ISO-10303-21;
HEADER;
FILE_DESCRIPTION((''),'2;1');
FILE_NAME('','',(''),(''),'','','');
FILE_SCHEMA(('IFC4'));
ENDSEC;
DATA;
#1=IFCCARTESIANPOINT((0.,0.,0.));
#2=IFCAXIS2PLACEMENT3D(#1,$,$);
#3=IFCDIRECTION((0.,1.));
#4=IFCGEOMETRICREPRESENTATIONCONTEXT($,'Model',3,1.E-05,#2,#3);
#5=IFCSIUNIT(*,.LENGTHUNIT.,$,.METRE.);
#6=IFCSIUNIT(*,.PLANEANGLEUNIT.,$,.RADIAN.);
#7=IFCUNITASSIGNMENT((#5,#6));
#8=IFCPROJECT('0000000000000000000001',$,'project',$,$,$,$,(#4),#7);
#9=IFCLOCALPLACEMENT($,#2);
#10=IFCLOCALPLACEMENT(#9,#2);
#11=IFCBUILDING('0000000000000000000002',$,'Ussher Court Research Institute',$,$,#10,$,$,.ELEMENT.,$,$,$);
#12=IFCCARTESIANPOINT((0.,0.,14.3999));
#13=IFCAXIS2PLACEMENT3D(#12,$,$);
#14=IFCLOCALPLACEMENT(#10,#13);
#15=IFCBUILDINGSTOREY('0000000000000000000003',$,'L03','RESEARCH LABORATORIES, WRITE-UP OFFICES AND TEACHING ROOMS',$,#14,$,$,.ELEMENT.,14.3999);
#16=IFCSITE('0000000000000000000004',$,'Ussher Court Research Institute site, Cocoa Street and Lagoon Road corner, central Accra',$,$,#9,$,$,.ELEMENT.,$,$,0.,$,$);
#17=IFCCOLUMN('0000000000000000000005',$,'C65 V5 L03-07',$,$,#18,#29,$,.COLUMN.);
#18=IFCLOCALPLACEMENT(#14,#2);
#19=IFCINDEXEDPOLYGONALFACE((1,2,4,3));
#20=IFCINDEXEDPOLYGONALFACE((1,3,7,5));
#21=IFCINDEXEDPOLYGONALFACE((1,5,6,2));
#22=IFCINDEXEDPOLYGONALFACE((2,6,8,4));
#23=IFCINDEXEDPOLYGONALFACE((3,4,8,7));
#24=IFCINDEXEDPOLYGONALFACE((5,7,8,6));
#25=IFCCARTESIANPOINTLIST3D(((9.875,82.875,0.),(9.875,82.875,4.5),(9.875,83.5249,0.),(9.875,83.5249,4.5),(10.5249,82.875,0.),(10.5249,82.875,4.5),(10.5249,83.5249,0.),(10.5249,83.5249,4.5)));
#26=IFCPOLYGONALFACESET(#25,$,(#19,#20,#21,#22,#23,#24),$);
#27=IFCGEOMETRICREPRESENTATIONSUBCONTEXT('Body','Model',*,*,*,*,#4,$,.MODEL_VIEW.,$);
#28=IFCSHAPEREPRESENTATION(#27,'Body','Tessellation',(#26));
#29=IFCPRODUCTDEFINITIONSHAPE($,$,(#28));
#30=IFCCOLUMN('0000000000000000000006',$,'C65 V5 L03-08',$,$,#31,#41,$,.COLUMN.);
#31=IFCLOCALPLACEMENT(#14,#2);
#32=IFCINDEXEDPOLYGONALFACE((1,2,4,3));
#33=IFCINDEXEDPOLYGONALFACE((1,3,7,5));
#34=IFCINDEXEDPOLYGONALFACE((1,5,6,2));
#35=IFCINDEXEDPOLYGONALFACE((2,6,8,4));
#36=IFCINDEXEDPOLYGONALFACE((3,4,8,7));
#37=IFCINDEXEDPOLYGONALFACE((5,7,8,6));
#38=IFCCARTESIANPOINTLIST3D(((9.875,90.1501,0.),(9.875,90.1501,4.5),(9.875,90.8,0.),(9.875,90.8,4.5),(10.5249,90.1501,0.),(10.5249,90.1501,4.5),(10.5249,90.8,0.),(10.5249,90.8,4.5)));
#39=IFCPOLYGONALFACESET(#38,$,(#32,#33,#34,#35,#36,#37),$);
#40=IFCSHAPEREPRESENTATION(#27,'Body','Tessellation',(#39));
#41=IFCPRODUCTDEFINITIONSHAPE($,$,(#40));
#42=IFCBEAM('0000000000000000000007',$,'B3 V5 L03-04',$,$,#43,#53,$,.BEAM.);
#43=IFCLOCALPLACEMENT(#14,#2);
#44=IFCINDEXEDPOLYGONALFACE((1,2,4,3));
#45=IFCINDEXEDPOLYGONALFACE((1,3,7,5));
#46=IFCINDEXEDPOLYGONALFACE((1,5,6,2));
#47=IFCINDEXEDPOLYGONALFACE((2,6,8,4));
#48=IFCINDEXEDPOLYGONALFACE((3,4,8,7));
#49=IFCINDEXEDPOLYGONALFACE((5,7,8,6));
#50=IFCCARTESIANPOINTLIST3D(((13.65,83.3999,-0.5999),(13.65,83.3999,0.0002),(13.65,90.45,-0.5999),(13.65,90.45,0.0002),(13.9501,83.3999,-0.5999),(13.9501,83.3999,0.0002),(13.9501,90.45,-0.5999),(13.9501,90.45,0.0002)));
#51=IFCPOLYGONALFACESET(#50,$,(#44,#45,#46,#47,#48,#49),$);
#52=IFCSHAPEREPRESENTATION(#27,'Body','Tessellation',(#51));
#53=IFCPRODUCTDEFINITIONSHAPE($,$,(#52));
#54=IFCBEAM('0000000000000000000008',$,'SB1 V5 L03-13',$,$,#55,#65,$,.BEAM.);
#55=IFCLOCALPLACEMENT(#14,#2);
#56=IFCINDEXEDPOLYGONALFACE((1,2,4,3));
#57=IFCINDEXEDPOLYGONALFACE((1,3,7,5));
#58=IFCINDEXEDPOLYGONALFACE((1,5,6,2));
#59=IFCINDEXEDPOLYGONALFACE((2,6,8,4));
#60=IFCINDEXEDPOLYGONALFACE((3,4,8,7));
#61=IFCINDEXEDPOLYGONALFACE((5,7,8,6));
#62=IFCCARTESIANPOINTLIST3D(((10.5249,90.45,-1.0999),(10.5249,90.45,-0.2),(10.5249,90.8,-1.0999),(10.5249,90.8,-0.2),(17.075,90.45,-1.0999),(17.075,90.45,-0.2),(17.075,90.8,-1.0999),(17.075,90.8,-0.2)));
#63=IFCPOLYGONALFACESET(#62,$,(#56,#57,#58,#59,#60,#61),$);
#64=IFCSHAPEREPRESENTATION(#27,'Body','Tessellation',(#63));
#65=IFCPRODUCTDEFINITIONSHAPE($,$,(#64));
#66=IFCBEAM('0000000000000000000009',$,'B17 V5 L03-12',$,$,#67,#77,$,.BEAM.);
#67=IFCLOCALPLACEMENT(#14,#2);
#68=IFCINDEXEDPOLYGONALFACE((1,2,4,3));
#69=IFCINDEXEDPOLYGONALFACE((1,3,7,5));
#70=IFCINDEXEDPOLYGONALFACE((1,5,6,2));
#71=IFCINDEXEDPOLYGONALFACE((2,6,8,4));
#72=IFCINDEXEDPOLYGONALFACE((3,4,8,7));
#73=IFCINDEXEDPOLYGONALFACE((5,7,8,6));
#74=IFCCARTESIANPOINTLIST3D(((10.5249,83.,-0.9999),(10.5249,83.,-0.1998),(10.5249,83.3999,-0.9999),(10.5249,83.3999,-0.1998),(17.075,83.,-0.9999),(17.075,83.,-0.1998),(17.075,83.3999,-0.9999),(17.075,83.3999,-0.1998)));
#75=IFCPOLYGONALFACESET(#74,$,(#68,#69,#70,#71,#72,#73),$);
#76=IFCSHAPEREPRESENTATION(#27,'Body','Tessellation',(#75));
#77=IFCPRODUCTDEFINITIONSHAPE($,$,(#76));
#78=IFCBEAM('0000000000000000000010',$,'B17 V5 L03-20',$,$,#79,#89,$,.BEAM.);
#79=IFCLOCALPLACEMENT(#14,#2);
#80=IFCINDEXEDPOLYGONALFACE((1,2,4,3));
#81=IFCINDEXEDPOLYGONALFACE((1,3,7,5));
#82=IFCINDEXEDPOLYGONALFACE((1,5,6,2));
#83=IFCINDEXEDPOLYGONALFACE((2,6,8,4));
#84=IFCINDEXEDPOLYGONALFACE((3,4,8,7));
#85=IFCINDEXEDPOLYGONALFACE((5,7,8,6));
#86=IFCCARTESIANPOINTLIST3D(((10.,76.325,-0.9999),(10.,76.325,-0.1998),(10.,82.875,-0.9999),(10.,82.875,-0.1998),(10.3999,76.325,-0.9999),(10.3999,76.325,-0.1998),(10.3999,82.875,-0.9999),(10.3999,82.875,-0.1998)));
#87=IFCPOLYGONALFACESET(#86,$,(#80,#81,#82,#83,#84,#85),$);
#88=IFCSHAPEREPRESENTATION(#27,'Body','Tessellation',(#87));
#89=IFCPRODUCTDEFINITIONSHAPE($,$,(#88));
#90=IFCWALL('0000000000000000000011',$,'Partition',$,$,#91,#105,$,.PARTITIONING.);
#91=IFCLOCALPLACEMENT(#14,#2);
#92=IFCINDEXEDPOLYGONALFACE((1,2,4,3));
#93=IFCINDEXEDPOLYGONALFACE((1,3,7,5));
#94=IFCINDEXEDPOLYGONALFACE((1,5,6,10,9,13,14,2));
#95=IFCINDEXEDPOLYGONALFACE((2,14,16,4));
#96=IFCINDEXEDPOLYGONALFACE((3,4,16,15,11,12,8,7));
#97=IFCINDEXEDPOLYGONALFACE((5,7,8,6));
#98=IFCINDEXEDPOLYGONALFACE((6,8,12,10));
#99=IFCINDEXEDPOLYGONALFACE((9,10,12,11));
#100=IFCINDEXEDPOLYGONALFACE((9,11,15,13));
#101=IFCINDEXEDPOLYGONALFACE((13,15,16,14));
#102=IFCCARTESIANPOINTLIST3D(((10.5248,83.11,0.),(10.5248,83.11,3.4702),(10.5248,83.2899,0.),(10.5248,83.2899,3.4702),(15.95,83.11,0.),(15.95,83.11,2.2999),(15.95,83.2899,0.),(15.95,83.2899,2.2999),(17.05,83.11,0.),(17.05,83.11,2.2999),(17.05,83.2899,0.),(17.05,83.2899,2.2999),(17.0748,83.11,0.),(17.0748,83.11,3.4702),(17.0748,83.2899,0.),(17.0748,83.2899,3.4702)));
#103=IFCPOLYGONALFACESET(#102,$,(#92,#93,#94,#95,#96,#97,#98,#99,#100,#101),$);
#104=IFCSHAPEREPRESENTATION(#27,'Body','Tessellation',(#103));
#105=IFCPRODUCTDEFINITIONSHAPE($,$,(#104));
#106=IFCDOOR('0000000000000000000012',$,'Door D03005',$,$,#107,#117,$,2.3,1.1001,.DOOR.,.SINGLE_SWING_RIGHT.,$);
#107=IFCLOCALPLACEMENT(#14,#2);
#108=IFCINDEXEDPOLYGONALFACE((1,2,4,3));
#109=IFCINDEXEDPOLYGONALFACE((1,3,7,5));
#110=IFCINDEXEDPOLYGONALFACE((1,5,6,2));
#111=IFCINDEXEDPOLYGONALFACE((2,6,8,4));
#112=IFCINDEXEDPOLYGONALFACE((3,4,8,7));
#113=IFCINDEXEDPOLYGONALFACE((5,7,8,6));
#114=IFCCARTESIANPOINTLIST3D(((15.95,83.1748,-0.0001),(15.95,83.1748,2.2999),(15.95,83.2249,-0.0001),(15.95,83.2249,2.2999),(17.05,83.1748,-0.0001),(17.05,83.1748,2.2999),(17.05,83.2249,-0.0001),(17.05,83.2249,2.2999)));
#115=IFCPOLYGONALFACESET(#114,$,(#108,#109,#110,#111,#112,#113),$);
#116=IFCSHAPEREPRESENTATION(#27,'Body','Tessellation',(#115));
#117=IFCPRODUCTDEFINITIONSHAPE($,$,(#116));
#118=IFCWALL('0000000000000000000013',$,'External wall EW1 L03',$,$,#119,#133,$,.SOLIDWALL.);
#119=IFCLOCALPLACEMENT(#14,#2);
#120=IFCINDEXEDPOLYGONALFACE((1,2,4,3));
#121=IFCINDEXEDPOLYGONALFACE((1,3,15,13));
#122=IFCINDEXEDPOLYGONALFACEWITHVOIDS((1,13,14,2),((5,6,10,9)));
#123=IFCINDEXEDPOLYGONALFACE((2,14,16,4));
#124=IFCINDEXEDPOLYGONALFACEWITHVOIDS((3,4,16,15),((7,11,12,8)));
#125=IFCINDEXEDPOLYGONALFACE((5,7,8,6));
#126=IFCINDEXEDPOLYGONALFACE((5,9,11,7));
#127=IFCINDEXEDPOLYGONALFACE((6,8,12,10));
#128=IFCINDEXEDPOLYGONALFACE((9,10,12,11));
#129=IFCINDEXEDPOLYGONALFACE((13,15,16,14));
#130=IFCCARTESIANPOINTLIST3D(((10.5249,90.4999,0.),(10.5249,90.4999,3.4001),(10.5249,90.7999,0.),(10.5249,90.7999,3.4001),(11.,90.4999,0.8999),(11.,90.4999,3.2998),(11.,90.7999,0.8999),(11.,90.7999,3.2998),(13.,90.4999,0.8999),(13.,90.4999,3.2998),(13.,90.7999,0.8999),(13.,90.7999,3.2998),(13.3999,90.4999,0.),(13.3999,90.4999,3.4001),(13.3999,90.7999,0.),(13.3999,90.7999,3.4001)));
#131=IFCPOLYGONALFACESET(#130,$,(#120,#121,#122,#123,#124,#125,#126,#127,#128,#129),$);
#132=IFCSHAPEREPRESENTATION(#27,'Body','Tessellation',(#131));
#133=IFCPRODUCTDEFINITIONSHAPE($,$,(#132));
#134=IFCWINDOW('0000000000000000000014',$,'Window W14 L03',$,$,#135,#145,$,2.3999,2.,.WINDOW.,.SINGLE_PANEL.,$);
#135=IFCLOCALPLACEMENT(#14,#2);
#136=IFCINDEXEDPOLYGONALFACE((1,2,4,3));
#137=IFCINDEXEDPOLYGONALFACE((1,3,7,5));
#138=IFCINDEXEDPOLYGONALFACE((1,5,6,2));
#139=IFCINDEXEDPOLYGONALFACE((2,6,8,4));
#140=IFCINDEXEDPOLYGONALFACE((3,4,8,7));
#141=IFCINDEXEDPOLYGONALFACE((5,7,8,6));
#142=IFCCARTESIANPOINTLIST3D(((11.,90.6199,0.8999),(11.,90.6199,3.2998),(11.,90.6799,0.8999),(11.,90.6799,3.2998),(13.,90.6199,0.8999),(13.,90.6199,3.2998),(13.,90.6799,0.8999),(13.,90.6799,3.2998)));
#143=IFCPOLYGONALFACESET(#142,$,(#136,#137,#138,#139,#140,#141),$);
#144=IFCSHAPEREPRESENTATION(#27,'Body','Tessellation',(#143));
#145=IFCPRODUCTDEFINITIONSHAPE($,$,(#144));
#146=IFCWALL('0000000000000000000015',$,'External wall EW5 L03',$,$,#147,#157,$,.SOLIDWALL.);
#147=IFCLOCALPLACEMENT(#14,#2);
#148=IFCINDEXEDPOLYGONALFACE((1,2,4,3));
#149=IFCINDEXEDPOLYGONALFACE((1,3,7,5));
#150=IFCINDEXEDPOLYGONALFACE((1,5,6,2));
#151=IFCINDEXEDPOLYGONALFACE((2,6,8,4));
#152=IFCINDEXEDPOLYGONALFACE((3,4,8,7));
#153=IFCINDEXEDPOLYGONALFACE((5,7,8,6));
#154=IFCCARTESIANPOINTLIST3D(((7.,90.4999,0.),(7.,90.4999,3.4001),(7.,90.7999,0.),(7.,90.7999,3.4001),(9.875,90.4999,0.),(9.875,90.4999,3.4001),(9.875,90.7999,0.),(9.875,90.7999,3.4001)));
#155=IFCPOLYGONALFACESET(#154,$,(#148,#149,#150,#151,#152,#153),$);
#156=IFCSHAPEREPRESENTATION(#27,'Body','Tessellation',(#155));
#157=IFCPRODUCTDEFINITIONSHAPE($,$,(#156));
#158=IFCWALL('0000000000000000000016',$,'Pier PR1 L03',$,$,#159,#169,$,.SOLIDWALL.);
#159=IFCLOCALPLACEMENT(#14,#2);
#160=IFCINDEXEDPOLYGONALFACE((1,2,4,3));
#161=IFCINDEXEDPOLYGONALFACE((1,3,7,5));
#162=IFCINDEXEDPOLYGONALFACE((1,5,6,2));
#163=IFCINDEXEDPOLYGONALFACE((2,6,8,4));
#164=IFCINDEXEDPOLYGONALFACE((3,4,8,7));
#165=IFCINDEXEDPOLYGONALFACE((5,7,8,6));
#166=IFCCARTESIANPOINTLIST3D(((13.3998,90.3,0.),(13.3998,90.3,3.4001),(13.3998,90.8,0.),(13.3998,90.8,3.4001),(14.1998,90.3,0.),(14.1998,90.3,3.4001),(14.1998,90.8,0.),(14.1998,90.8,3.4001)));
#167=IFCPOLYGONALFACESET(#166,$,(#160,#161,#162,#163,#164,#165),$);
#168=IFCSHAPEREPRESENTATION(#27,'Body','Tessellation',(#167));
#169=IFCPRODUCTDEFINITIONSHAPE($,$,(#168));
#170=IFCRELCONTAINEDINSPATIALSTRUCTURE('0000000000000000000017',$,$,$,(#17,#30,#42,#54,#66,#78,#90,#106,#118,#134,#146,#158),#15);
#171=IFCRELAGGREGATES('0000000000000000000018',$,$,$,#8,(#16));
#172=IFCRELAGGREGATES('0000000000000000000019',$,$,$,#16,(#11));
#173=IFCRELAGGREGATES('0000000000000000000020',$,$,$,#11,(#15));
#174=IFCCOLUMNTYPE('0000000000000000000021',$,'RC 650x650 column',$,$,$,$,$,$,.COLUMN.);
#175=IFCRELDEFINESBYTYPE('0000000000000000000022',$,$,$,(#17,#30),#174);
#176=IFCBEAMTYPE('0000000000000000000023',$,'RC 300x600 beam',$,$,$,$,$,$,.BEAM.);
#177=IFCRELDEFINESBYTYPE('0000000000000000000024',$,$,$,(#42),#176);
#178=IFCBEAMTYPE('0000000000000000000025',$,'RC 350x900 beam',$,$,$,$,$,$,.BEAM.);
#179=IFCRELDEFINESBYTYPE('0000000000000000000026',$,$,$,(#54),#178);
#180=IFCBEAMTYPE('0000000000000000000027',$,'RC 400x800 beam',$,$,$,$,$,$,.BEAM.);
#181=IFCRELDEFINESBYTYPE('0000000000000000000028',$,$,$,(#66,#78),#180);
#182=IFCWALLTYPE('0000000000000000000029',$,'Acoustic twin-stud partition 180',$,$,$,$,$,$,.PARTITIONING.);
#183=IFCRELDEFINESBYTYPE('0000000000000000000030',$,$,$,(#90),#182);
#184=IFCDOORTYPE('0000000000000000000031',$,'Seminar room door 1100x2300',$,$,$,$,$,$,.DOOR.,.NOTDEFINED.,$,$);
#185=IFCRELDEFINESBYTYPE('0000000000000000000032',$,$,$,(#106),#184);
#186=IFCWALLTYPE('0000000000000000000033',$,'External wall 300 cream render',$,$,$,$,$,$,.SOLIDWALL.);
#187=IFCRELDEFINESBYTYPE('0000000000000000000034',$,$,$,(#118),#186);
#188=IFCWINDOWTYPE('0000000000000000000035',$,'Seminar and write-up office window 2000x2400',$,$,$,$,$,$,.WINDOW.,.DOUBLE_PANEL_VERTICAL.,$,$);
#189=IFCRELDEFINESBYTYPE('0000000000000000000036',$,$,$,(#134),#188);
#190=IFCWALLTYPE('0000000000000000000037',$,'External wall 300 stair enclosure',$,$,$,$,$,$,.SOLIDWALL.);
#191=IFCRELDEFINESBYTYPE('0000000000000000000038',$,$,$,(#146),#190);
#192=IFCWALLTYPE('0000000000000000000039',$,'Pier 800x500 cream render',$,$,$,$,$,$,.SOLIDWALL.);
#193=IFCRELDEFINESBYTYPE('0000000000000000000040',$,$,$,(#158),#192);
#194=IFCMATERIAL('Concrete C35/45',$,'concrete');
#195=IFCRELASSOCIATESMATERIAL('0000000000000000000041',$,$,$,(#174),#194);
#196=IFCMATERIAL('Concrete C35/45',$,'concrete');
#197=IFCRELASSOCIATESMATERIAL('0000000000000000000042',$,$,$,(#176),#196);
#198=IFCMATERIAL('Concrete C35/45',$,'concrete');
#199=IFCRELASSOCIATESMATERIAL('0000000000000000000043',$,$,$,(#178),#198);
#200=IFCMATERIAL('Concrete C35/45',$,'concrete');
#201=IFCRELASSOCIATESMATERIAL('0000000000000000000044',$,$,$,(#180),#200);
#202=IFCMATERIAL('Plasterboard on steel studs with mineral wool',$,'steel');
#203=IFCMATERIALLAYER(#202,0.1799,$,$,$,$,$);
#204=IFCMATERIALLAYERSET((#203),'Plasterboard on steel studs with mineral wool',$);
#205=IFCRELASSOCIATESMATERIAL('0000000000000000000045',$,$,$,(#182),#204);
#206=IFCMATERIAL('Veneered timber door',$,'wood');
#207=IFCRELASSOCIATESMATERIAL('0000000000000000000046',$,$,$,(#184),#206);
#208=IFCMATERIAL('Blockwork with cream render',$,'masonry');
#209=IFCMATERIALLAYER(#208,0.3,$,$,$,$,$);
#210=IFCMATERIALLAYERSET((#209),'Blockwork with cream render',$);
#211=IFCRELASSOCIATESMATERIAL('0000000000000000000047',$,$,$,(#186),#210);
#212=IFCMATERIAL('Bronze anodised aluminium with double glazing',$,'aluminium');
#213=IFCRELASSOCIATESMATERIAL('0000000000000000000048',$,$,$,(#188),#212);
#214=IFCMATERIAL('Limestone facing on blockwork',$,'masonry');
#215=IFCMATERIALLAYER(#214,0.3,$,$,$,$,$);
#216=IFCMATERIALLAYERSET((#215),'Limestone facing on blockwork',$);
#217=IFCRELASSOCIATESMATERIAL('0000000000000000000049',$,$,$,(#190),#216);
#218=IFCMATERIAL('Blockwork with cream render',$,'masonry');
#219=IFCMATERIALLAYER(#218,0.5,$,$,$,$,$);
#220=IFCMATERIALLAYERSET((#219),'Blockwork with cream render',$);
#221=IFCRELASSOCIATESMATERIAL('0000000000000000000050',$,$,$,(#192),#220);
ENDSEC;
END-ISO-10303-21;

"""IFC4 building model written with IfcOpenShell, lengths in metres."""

from ifc_helpers import new_model, si_unit, direction, frame, frame_2d, origin, origin_2d, place, context, subcontext, project, spatial, rectangle, extrude, material, layer, layer_set, material_profile, profile_set, type_object, element, fill, save


model = new_model("IFC4")

# Units and contexts
model_context = context("Model", 3, precision=1e-05, world=origin(), true_north=direction((0.0, 1.0)))
body_context = subcontext(model_context, "Body", "Model", "MODEL_VIEW")
ifc_project = project(units=[si_unit("LENGTHUNIT", "METRE"), si_unit("PLANEANGLEUNIT", "RADIAN")], contexts=[model_context])

# Site, building, storey
site_placement = place(None, origin())
site = spatial("IfcSite", under=ifc_project, at=site_placement, Name="Ussher Court Research Institute site, Cocoa Street and Lagoon Road corner, central Accra", CompositionType="ELEMENT", RefElevation=0.0)
building_placement = place(site_placement, origin())
building = spatial("IfcBuilding", under=site, at=building_placement, Name="Ussher Court Research Institute", CompositionType="ELEMENT")
storey_placement = place(building_placement, frame((0.0, 0.0, 14.3999)))
storey = spatial("IfcBuildingStorey", under=building, at=storey_placement, Name="L03", Description="RESEARCH LABORATORIES, WRITE-UP OFFICES AND TEACHING ROOMS", CompositionType="ELEMENT", Elevation=14.3999)

# Columns
ifc_material_1 = material(Name="Concrete C35/45", Category="concrete")
ifc_material_profile_1 = material_profile(ifc_material_1, rectangle(XDim=0.6499, YDim=0.6499, at=origin_2d()), Name="RC 650x650")
ifc_profile_set_1 = profile_set([ifc_material_profile_1], Name="Concrete C35/45")
column_type = type_object("IfcColumnType", Name="RC 650x650 column", PredefinedType="COLUMN", material=ifc_profile_set_1)
for number, where, z_axis, x_axis, name in (
    (1, (10.2, 83.2, 0.0), (0.0, 0.0, 1.0), (1.0, 0.0, 0.0), "C65 V5 L03-07"),
    (2, (10.2, 90.4751, 0.0), (0.0, 0.0, 1.0), (1.0, 0.0, 0.0), "C65 V5 L03-08"),
):
    element("IfcColumn", number, at=place(storey_placement, frame(where, z_axis=z_axis, x_axis=x_axis)), inside=storey, type_object=column_type, Name=name, PredefinedType="COLUMN", context=body_context, shape_type="SweptSolid", body=[
        extrude(rectangle(XDim=0.6499, YDim=0.6499, at=origin_2d()), origin(), (0.0, 0.0, 1.0), 4.5),
    ])

# Beams
ifc_material_2 = material(Name="Concrete C35/45", Category="concrete")
ifc_material_profile_2 = material_profile(ifc_material_2, rectangle(XDim=0.3, YDim=0.6001, at=origin_2d()), Name="RC 300x600")
ifc_profile_set_2 = profile_set([ifc_material_profile_2], Name="Concrete C35/45")
beam_type_1 = type_object("IfcBeamType", Name="RC 300x600 beam", PredefinedType="BEAM", material=ifc_profile_set_2)
beam_1_placement = place(storey_placement, frame((13.8, 83.3999, -0.2998), z_axis=(0.0, 1.0, 0.0), x_axis=(-1.0, 0.0, 0.0)))
element("IfcBeam", 3, at=beam_1_placement, inside=storey, type_object=beam_type_1, Name="B3 V5 L03-04", PredefinedType="BEAM", context=body_context, shape_type="SweptSolid", body=[
    extrude(rectangle(XDim=0.3, YDim=0.6001, at=origin_2d()), origin(), (0.0, 0.0, 1.0), 7.05),
])
ifc_material_3 = material(Name="Concrete C35/45", Category="concrete")
ifc_material_profile_3 = material_profile(ifc_material_3, rectangle(XDim=0.3501, YDim=0.8999, at=origin_2d()), Name="RC 350x900")
ifc_profile_set_3 = profile_set([ifc_material_profile_3], Name="Concrete C35/45")
beam_type_2 = type_object("IfcBeamType", Name="RC 350x900 beam", PredefinedType="BEAM", material=ifc_profile_set_3)
beam_2_placement = place(storey_placement, frame((10.5249, 90.625, -0.6499), z_axis=(1.0, 0.0, 0.0), x_axis=(0.0, 1.0, 0.0)))
element("IfcBeam", 4, at=beam_2_placement, inside=storey, type_object=beam_type_2, Name="SB1 V5 L03-13", PredefinedType="BEAM", context=body_context, shape_type="SweptSolid", body=[
    extrude(rectangle(XDim=0.3501, YDim=0.8999, at=origin_2d()), origin(), (0.0, 0.0, 1.0), 6.55),
])
ifc_material_4 = material(Name="Concrete C35/45", Category="concrete")
ifc_material_profile_4 = material_profile(ifc_material_4, rectangle(XDim=0.3999, YDim=0.8, at=origin_2d()), Name="RC 400x800")
ifc_profile_set_4 = profile_set([ifc_material_profile_4], Name="Concrete C35/45")
beam_type_3 = type_object("IfcBeamType", Name="RC 400x800 beam", PredefinedType="BEAM", material=ifc_profile_set_4)
for number, where, z_axis, x_axis, name in (
    (5, (10.5249, 83.2, -0.5999), (1.0, 0.0, 0.0), (0.0, 1.0, 0.0), "B17 V5 L03-12"),
    (6, (10.2, 76.325, -0.5999), (0.0, 1.0, 0.0), (-1.0, 0.0, 0.0), "B17 V5 L03-20"),
):
    element("IfcBeam", number, at=place(storey_placement, frame(where, z_axis=z_axis, x_axis=x_axis)), inside=storey, type_object=beam_type_3, Name=name, PredefinedType="BEAM", context=body_context, shape_type="SweptSolid", body=[
        extrude(rectangle(XDim=0.3999, YDim=0.8, at=origin_2d()), origin(), (0.0, 0.0, 1.0), 6.55),
    ])

# Wall, opening, door
ifc_material_5 = material(Name="Plasterboard on steel studs with mineral wool", Category="steel")
ifc_layer_1 = layer(ifc_material_5, 0.1799)
ifc_layer_set_1 = layer_set([ifc_layer_1], Name="Plasterboard on steel studs with mineral wool")
wall_type_1 = type_object("IfcWallType", Name="Acoustic twin-stud partition 180", PredefinedType="PARTITIONING", material=ifc_layer_set_1)
wall_1_placement = place(storey_placement, frame((10.5249, 83.2, 0.0), z_axis=(0.0, 0.0, 1.0), x_axis=(1.0, 0.0, 0.0)))
wall_1 = element("IfcWall", 7, at=wall_1_placement, inside=storey, type_object=wall_type_1, Name="Partition", PredefinedType="PARTITIONING", context=body_context, shape_type="SweptSolid", body=[
    extrude(rectangle(XDim=6.55, YDim=0.1799, at=frame_2d((3.2749, 0.0))), origin(), (0.0, 0.0, 1.0), 3.4702),
])
opening_1_placement = place(wall_1_placement, frame((5.425, 0.0, 0.0)))
opening_1 = element("IfcOpeningElement", 8, at=opening_1_placement, cuts=wall_1, PredefinedType="OPENING", context=body_context, shape_type="SweptSolid", body=[
    extrude(rectangle(XDim=1.1001, YDim=2.3, at=frame_2d((0.55, 1.1499))), frame((0.0, 0.1001, 0.0), z_axis=(0.0, -1.0, 0.0), x_axis=(1.0, 0.0, 0.0)), (0.0, 0.0, 1.0), 0.2),
])
ifc_material_6 = material(Name="Veneered timber door", Category="wood")
door_type_1 = type_object("IfcDoorType", Name="Seminar room door 1100x2300", OperationType="NOTDEFINED", PredefinedType="DOOR", material=ifc_material_6)
door_1_placement = place(opening_1_placement, origin())
door_1 = element("IfcDoor", 9, at=door_1_placement, inside=storey, type_object=door_type_1, Name="Door D03005", OperationType="SINGLE_SWING_RIGHT", OverallHeight=2.3, OverallWidth=1.1001, PredefinedType="DOOR", context=body_context, shape_type="SweptSolid", body=[
    extrude(rectangle(XDim=1.1001, YDim=2.3, at=frame_2d((0.55, 1.1499))), frame((0.0, 0.0249, 0.0), z_axis=(0.0, -1.0, 0.0), x_axis=(1.0, 0.0, 0.0)), (0.0, 0.0, 1.0), 0.05),
])
fill(opening_1, door_1)

# Wall, opening, window
ifc_material_7 = material(Name="Blockwork with cream render", Category="masonry")
ifc_layer_2 = layer(ifc_material_7, 0.3)
ifc_layer_set_2 = layer_set([ifc_layer_2], Name="Blockwork with cream render")
wall_type_2 = type_object("IfcWallType", Name="External wall 300 cream render", PredefinedType="SOLIDWALL", material=ifc_layer_set_2)
wall_2_placement = place(storey_placement, frame((10.5249, 90.6499, 0.0), z_axis=(0.0, 0.0, 1.0), x_axis=(1.0, 0.0, 0.0)))
wall_2 = element("IfcWall", 10, at=wall_2_placement, inside=storey, type_object=wall_type_2, Name="External wall EW1 L03", PredefinedType="SOLIDWALL", context=body_context, shape_type="SweptSolid", body=[
    extrude(rectangle(XDim=2.875, YDim=0.3, at=frame_2d((1.4375, 0.0))), origin(), (0.0, 0.0, 1.0), 3.4001),
])
opening_2_placement = place(wall_2_placement, frame((0.4751, 0.0, 0.8999)))
opening_2 = element("IfcOpeningElement", 11, at=opening_2_placement, cuts=wall_2, PredefinedType="OPENING", context=body_context, shape_type="SweptSolid", body=[
    extrude(rectangle(XDim=2.0, YDim=2.3999, at=frame_2d((1.0, 1.2))), frame((0.0, 0.1602, 0.0), z_axis=(0.0, -1.0, 0.0), x_axis=(1.0, 0.0, 0.0)), (0.0, 0.0, 1.0), 0.3201),
])
ifc_material_8 = material(Name="Bronze anodised aluminium with double glazing", Category="aluminium")
window_type = type_object("IfcWindowType", Name="Seminar and write-up office window 2000x2400", PartitioningType="DOUBLE_PANEL_VERTICAL", PredefinedType="WINDOW", material=ifc_material_8)
window_placement = place(opening_2_placement, origin())
window = element("IfcWindow", 12, at=window_placement, inside=storey, type_object=window_type, Name="Window W14 L03", OverallHeight=2.3999, OverallWidth=2.0, PartitioningType="SINGLE_PANEL", PredefinedType="WINDOW", context=body_context, shape_type="SweptSolid", body=[
    extrude(rectangle(XDim=2.0, YDim=2.3999, at=frame_2d((1.0, 1.2))), frame((0.0, 0.03, 0.0), z_axis=(0.0, -1.0, 0.0), x_axis=(1.0, 0.0, 0.0)), (0.0, 0.0, 1.0), 0.0601),
])
fill(opening_2, window)

# Walls
ifc_material_9 = material(Name="Limestone facing on blockwork", Category="masonry")
ifc_layer_3 = layer(ifc_material_9, 0.3)
ifc_layer_set_3 = layer_set([ifc_layer_3], Name="Limestone facing on blockwork")
wall_type_3 = type_object("IfcWallType", Name="External wall 300 stair enclosure", PredefinedType="SOLIDWALL", material=ifc_layer_set_3)
wall_3_placement = place(storey_placement, frame((7.0, 90.6499, 0.0), z_axis=(0.0, 0.0, 1.0), x_axis=(1.0, 0.0, 0.0)))
element("IfcWall", 13, at=wall_3_placement, inside=storey, type_object=wall_type_3, Name="External wall EW5 L03", PredefinedType="SOLIDWALL", context=body_context, shape_type="SweptSolid", body=[
    extrude(rectangle(XDim=2.875, YDim=0.3, at=frame_2d((1.4375, 0.0))), origin(), (0.0, 0.0, 1.0), 3.4001),
])
ifc_material_10 = material(Name="Blockwork with cream render", Category="masonry")
ifc_layer_4 = layer(ifc_material_10, 0.5)
ifc_layer_set_4 = layer_set([ifc_layer_4], Name="Blockwork with cream render")
wall_type_4 = type_object("IfcWallType", Name="Pier 800x500 cream render", PredefinedType="SOLIDWALL", material=ifc_layer_set_4)
wall_4_placement = place(storey_placement, frame((13.3999, 90.55, 0.0), z_axis=(0.0, 0.0, 1.0), x_axis=(1.0, 0.0, 0.0)))
element("IfcWall", 14, at=wall_4_placement, inside=storey, type_object=wall_type_4, Name="Pier PR1 L03", PredefinedType="SOLIDWALL", context=body_context, shape_type="SweptSolid", body=[
    extrude(rectangle(XDim=0.8, YDim=0.5, at=frame_2d((0.3999, 0.0))), origin(), (0.0, 0.0, 1.0), 3.4001),
])

save(model, "model.ifc")
